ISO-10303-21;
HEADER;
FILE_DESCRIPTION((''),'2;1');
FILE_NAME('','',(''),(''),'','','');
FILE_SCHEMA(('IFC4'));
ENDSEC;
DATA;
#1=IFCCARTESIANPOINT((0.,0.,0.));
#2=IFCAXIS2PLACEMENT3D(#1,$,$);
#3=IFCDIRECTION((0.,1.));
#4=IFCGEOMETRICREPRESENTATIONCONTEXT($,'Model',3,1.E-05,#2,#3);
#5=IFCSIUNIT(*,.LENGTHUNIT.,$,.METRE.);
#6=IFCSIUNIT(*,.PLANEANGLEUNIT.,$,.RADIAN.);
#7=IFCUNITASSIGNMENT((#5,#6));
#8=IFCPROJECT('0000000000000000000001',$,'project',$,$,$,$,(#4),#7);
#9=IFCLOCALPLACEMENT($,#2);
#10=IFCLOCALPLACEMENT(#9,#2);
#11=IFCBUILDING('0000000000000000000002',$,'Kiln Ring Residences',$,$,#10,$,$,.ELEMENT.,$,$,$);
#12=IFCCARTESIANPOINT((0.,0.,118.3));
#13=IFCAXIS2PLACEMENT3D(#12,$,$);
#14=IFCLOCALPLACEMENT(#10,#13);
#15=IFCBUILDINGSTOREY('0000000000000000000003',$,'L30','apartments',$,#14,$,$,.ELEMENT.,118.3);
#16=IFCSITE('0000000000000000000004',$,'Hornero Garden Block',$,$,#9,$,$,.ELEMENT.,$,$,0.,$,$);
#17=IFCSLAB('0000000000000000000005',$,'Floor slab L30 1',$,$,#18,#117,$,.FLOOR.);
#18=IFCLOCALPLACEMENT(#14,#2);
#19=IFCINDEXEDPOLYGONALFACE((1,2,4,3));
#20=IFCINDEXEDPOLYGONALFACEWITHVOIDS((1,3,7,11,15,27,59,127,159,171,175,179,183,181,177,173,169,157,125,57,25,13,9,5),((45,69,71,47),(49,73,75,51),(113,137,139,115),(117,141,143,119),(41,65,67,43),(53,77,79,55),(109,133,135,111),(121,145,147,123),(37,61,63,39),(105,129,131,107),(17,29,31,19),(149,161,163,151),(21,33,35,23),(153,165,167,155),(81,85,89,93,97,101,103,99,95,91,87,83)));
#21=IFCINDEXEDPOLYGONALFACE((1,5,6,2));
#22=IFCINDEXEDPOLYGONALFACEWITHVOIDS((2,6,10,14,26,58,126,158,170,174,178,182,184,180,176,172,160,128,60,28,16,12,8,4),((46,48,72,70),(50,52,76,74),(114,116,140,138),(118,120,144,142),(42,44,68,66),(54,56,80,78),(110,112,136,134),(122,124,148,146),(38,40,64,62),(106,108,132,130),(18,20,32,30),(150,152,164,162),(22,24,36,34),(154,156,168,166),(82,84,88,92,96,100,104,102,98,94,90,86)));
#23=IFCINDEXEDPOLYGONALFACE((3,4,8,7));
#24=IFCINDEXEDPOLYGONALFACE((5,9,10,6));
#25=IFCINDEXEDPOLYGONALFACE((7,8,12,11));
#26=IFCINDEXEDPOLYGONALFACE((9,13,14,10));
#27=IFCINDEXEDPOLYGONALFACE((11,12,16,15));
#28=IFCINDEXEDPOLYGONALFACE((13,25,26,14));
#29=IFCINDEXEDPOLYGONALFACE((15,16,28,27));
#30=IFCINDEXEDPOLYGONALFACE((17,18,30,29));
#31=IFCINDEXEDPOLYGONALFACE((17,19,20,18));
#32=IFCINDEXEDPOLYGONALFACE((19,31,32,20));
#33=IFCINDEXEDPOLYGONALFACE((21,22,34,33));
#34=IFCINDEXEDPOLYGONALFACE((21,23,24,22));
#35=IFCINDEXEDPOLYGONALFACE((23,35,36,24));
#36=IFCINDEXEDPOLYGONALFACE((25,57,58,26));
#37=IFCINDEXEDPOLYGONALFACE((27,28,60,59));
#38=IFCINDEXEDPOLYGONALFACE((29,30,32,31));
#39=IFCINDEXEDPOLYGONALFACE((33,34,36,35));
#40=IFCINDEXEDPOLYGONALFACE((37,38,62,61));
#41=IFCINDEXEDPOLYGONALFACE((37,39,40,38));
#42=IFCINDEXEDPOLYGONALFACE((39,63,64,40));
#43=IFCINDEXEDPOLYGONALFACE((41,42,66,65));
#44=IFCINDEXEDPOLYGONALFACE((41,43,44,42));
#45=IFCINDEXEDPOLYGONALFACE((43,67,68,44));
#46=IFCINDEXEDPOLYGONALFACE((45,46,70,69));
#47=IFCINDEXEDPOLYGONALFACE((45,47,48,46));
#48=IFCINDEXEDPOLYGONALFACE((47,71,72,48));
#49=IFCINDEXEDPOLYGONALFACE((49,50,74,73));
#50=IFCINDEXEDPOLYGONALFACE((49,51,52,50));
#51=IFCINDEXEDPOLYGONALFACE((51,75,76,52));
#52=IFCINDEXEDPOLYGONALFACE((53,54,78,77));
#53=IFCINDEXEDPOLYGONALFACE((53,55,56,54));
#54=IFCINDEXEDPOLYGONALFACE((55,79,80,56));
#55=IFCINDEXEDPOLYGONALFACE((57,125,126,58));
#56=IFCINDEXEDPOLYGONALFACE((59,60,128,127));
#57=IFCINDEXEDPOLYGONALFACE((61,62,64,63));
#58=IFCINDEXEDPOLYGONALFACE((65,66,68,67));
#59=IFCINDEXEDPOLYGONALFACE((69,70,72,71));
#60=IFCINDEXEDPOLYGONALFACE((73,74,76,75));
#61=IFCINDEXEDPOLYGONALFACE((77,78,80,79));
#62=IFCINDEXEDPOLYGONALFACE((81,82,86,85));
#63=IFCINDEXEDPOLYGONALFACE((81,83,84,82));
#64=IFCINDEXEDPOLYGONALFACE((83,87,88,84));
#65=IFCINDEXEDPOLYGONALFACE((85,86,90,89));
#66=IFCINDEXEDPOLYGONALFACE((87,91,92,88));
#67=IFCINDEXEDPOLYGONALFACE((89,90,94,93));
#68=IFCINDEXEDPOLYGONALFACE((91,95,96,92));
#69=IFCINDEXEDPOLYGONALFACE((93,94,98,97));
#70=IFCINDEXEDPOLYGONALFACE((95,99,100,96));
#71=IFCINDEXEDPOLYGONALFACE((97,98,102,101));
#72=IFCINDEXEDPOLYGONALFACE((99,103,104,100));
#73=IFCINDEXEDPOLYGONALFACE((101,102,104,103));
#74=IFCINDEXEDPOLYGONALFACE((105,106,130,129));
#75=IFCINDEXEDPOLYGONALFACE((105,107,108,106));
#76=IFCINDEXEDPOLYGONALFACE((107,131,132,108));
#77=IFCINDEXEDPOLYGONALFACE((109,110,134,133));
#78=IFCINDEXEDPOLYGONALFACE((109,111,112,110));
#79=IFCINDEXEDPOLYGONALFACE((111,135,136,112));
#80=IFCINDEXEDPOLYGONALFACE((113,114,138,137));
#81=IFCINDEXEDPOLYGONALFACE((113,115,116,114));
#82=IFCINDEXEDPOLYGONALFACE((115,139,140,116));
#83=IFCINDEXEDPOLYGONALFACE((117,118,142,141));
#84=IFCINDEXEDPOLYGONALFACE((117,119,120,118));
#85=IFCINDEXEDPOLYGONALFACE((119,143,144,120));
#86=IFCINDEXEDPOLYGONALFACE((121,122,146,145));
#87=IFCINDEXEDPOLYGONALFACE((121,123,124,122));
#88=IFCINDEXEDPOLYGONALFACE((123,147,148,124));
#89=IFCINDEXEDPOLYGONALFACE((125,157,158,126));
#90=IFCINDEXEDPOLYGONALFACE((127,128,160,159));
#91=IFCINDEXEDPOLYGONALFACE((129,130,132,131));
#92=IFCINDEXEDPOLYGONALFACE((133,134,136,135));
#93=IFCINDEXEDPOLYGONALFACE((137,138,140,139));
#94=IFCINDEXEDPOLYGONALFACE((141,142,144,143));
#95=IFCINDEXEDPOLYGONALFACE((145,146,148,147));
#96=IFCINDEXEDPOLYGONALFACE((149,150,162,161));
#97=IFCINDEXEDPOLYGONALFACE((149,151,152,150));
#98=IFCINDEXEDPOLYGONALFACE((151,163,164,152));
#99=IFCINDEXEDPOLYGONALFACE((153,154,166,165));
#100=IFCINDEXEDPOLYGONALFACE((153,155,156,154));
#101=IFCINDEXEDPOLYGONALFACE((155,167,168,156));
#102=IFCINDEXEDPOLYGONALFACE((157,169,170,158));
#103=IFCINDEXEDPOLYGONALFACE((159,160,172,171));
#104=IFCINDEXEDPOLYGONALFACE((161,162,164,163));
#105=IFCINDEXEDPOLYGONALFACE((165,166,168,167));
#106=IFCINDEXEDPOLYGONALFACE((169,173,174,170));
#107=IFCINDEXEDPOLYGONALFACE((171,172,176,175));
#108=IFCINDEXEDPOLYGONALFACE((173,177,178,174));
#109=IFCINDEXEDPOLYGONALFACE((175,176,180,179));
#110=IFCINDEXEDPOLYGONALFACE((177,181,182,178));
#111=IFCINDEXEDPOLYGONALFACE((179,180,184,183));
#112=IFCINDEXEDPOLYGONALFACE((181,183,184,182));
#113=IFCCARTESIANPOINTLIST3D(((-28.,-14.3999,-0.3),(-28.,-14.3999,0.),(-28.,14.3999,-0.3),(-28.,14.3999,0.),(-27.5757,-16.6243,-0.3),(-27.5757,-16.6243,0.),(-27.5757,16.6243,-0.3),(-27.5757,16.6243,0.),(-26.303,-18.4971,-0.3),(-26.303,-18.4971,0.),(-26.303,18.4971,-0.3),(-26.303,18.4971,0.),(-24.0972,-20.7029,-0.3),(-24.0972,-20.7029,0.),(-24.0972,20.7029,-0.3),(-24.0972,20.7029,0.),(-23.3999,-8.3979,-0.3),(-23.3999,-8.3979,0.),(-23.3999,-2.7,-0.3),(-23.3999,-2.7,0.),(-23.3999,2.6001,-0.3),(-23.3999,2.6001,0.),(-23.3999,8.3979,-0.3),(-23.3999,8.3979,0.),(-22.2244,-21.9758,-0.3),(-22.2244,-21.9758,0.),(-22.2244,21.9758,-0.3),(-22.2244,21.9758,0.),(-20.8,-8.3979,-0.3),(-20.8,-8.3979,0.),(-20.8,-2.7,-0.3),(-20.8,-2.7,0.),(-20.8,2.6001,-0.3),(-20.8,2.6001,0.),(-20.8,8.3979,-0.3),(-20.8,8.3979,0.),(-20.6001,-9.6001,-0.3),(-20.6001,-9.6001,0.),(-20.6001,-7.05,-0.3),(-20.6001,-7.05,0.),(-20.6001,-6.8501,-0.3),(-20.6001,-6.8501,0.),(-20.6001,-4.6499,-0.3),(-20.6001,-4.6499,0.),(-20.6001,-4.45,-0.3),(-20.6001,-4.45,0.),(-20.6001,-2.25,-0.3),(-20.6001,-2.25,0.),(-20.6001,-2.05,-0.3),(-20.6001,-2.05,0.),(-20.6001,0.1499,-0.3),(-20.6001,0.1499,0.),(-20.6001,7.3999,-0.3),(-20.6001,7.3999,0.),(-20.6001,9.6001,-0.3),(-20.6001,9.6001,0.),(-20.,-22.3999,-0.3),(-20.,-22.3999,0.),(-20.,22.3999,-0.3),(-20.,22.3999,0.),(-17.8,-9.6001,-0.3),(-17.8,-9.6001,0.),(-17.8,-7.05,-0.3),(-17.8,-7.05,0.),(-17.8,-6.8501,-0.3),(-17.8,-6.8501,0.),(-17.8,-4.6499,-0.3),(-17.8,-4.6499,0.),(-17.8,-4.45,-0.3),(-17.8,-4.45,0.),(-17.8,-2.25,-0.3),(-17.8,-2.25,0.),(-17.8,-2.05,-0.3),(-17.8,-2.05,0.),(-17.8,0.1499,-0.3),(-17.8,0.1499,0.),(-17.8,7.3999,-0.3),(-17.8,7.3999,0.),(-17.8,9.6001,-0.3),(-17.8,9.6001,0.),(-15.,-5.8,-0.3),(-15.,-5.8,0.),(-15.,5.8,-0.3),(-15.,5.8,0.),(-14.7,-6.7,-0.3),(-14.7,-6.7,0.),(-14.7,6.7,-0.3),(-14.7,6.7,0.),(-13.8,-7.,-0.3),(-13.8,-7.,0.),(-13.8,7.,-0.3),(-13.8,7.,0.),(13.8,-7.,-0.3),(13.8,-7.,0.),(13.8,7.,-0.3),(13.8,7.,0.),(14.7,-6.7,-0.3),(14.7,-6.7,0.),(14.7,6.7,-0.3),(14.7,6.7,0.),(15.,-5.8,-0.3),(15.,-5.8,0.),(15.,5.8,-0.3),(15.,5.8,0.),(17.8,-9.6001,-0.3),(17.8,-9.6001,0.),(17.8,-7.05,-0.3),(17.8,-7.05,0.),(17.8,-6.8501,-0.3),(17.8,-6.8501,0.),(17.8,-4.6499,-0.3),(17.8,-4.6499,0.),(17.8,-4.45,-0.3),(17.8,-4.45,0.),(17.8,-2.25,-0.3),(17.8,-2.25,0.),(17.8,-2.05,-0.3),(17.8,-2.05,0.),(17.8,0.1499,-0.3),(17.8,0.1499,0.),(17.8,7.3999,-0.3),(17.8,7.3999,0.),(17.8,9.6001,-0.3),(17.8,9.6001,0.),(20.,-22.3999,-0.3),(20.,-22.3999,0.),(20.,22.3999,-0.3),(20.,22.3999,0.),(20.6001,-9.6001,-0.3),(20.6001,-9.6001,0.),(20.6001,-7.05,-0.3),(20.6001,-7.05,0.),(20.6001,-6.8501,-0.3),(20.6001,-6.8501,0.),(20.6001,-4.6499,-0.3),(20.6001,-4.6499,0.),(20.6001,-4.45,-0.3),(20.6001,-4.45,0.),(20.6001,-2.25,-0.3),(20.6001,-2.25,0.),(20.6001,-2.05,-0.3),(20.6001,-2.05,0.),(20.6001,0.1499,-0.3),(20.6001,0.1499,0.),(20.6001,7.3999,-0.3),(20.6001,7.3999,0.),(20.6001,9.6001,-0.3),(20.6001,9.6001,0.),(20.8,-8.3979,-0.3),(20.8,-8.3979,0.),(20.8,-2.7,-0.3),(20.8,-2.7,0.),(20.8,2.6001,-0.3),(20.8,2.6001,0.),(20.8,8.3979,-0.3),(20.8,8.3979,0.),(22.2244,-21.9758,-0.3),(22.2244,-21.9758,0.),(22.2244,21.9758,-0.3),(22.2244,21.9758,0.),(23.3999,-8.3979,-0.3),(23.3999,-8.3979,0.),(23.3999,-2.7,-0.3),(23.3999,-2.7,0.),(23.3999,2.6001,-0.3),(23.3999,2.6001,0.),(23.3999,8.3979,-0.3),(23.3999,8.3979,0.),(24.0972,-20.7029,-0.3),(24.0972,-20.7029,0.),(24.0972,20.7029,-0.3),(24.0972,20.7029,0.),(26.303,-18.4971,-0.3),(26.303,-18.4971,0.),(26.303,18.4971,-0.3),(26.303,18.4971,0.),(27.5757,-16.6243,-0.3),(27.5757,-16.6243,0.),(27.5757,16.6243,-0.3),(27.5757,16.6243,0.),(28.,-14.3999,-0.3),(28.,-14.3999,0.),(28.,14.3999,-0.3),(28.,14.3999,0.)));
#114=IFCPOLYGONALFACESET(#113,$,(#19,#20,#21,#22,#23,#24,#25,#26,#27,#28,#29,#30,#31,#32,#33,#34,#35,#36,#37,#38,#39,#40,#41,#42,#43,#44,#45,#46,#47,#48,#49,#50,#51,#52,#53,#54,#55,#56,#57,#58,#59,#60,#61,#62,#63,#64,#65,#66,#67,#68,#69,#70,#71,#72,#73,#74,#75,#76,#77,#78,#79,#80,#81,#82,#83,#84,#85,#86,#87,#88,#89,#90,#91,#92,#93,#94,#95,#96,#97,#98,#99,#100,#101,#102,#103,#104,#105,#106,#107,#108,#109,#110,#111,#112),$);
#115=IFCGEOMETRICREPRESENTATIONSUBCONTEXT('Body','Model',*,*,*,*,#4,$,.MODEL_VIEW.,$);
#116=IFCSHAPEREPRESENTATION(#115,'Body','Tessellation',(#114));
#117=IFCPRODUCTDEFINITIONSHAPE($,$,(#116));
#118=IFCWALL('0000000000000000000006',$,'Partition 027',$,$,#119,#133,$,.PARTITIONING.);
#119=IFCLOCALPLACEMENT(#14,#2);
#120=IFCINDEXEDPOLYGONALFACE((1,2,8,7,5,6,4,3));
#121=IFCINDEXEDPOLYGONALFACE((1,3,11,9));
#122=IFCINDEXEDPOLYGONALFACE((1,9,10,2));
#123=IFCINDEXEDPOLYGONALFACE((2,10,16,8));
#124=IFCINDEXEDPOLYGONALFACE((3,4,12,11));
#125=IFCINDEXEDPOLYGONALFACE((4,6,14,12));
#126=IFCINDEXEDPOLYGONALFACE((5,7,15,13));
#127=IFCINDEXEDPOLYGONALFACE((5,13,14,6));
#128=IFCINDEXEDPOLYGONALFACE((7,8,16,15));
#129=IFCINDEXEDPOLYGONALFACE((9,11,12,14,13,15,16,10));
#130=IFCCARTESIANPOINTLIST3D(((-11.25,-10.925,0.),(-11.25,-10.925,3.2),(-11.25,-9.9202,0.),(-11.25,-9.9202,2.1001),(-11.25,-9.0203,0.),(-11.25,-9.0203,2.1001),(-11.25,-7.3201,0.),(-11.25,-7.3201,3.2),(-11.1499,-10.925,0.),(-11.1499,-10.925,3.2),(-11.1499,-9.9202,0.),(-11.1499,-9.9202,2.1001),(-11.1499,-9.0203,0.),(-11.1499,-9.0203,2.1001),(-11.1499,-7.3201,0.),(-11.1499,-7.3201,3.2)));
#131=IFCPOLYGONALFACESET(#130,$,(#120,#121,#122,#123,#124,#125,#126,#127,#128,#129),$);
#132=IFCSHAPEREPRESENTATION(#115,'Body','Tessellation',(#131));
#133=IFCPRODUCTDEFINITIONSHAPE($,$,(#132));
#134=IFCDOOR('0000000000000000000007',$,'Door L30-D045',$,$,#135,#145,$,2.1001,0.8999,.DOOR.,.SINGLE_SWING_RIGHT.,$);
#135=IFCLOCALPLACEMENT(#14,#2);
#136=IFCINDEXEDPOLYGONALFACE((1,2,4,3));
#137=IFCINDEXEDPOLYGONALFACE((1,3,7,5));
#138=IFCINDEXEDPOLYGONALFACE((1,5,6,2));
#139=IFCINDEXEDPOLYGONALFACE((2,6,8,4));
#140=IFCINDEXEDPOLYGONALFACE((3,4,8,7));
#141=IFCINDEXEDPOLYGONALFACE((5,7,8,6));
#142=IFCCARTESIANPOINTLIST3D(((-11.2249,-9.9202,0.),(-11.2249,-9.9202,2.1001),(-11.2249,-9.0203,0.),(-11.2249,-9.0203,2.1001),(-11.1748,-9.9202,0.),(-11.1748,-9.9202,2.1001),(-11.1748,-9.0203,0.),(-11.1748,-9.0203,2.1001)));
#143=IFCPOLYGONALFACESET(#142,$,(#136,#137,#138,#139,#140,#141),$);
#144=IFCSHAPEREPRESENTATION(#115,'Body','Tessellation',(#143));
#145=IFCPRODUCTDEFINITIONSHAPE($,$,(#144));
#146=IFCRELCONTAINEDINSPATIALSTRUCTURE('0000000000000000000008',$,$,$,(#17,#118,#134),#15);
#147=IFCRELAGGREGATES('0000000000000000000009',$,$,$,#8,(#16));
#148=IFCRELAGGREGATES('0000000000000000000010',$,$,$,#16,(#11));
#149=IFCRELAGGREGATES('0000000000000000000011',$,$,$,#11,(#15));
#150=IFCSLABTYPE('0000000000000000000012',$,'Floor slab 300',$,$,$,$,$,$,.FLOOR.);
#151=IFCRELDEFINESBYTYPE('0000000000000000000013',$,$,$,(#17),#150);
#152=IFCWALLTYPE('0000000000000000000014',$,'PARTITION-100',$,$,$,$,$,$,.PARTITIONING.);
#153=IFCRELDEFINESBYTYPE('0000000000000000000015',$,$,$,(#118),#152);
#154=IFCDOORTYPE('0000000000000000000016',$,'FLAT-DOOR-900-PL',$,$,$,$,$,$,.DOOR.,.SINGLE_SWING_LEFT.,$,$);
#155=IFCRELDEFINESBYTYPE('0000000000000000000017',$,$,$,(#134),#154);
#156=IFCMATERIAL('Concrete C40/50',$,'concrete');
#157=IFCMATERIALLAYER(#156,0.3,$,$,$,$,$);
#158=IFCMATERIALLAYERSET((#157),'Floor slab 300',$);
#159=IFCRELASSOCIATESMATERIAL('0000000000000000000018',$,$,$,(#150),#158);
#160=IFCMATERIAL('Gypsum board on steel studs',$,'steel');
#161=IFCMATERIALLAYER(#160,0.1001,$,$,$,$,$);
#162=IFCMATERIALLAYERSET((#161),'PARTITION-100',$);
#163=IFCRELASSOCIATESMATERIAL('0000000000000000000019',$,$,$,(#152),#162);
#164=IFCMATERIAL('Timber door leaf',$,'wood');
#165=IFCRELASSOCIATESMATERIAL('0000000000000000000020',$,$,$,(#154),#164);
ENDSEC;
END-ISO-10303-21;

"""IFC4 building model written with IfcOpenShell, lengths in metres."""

from ifc_helpers import new_model, si_unit, direction, frame, frame_2d, origin, place, context, subcontext, project, spatial, polyline, rectangle, outline, extrude, material, layer, layer_set, type_object, element, fill, save


model = new_model("IFC4")

# Units and contexts
model_context = context("Model", 3, precision=1e-05, world=origin(), true_north=direction((0.0, 1.0)))
body_context = subcontext(model_context, "Body", "Model", "MODEL_VIEW")
ifc_project = project(units=[si_unit("LENGTHUNIT", "METRE"), si_unit("PLANEANGLEUNIT", "RADIAN")], contexts=[model_context])

# Site, building, storey
site_placement = place(None, origin())
site = spatial("IfcSite", under=ifc_project, at=site_placement, Name="Hornero Garden Block", CompositionType="ELEMENT", RefElevation=0.0)
building_placement = place(site_placement, origin())
building = spatial("IfcBuilding", under=site, at=building_placement, Name="Kiln Ring Residences", CompositionType="ELEMENT")
storey_placement = place(building_placement, frame((0.0, 0.0, 118.3)))
storey = spatial("IfcBuildingStorey", under=building, at=storey_placement, Name="L30", Description="apartments", CompositionType="ELEMENT", Elevation=118.3)

# Slab
ifc_material_1 = material(Name="Concrete C40/50", Category="concrete")
ifc_layer_1 = layer(ifc_material_1, 0.3)
ifc_layer_set_1 = layer_set([ifc_layer_1], Name="Floor slab 300")
slab_type = type_object("IfcSlabType", Name="Floor slab 300", PredefinedType="FLOOR", material=ifc_layer_set_1)
slab_placement = place(storey_placement, frame((0.0, 0.0, -0.3)))
element("IfcSlab", 1, at=slab_placement, inside=storey, type_object=slab_type, Name="Floor slab L30 1", PredefinedType="FLOOR", context=body_context, shape_type="SweptSolid", body=[
    extrude(outline(polyline([(-26.303, -18.4971), (-24.0972, -20.7029), (-22.2244, -21.9758), (-20.0, -22.3999), (20.0, -22.3999), (22.2244, -21.9758), (24.0972, -20.7029), (26.303, -18.4971), (27.5757, -16.6243), (28.0, -14.3999), (28.0, 14.3999), (27.5757, 16.6243), (26.303, 18.4971), (24.0972, 20.7029), (22.2244, 21.9758), (20.0, 22.3999), (-20.0, 22.3999), (-22.2244, 21.9758), (-24.0972, 20.7029), (-26.303, 18.4971), (-27.5757, 16.6243), (-28.0, 14.3999), (-28.0, -14.3999), (-27.5757, -16.6243), (-26.303, -18.4971)]), holes=[polyline([(-14.7, -6.7), (-15.0, -5.8), (-15.0, 5.8), (-14.7, 6.7), (-13.8, 7.0), (13.8, 7.0), (14.7, 6.7), (15.0, 5.8), (15.0, -5.8), (14.7, -6.7), (13.8, -7.0), (-13.8, -7.0), (-14.7, -6.7)]), polyline([(20.8, -8.3979), (20.8, -2.7), (23.3999, -2.7), (23.3999, -8.3979), (20.8, -8.3979)]), polyline([(20.8, 2.6001), (20.8, 8.3979), (23.3999, 8.3979), (23.3999, 2.6001), (20.8, 2.6001)]), polyline([(17.8, -6.8501), (17.8, -4.6499), (20.6001, -4.6499), (20.6001, -6.8501), (17.8, -6.8501)]), polyline([(17.8, -4.45), (17.8, -2.25), (20.6001, -2.25), (20.6001, -4.45), (17.8, -4.45)]), polyline([(17.8, -2.05), (17.8, 0.1499), (20.6001, 0.1499), (20.6001, -2.05), (17.8, -2.05)]), polyline([(17.8, 7.3999), (17.8, 9.6001), (20.6001, 9.6001), (20.6001, 7.3999), (17.8, 7.3999)]), polyline([(20.6001, -9.6001), (17.8, -9.6001), (17.8, -7.05), (20.6001, -7.05), (20.6001, -9.6001)]), polyline([(-17.8, -7.05), (-17.8, -9.6001), (-20.6001, -9.6001), (-20.6001, -7.05), (-17.8, -7.05)]), polyline([(-17.8, -6.8501), (-20.6001, -6.8501), (-20.6001, -4.6499), (-17.8, -4.6499), (-17.8, -6.8501)]), polyline([(-17.8, -4.45), (-20.6001, -4.45), (-20.6001, -2.25), (-17.8, -2.25), (-17.8, -4.45)]), polyline([(-17.8, -2.05), (-20.6001, -2.05), (-20.6001, 0.1499), (-17.8, 0.1499), (-17.8, -2.05)]), polyline([(-17.8, 7.3999), (-20.6001, 7.3999), (-20.6001, 9.6001), (-17.8, 9.6001), (-17.8, 7.3999)]), polyline([(-20.8, -8.3979), (-23.3999, -8.3979), (-23.3999, -2.7), (-20.8, -2.7), (-20.8, -8.3979)]), polyline([(-20.8, 2.6001), (-23.3999, 2.6001), (-23.3999, 8.3979), (-20.8, 8.3979), (-20.8, 2.6001)])]), origin(), (0.0, 0.0, 1.0), 0.3),
])

# Wall, opening, door
ifc_material_2 = material(Name="Gypsum board on steel studs", Category="steel")
ifc_layer_2 = layer(ifc_material_2, 0.1001)
ifc_layer_set_2 = layer_set([ifc_layer_2], Name="PARTITION-100")
wall_type_1 = type_object("IfcWallType", Name="PARTITION-100", PredefinedType="PARTITIONING", material=ifc_layer_set_2)
wall_1_placement = place(storey_placement, frame((-11.2, -10.925, 0.0), z_axis=(0.0, 0.0, 1.0), x_axis=(0.0, 1.0, 0.0)))
wall_1 = element("IfcWall", 2, at=wall_1_placement, inside=storey, type_object=wall_type_1, Name="Partition 027", PredefinedType="PARTITIONING", context=body_context, shape_type="SweptSolid", body=[
    extrude(rectangle(XDim=3.605, YDim=0.1001, at=frame_2d((1.8025, 0.0))), origin(), (0.0, 0.0, 1.0), 3.2),
])
opening_1_placement = place(wall_1_placement, frame((1.0049, 0.0, 0.0)))
opening_1 = element("IfcOpeningElement", 3, at=opening_1_placement, cuts=wall_1, PredefinedType="OPENING", context=body_context, shape_type="SweptSolid", body=[
    extrude(rectangle(XDim=0.8999, YDim=2.1001, at=frame_2d((0.45, 1.05))), frame((0.0, 0.0601, 0.0), z_axis=(0.0, -1.0, 0.0), x_axis=(1.0, 0.0, 0.0)), (0.0, 0.0, 1.0), 0.1201),
])
ifc_material_3 = material(Name="Timber door leaf", Category="wood")
door_type_1 = type_object("IfcDoorType", Name="FLAT-DOOR-900-PL", OperationType="SINGLE_SWING_LEFT", PredefinedType="DOOR", material=ifc_material_3)
door_1_placement = place(opening_1_placement, origin())
door_1 = element("IfcDoor", 4, at=door_1_placement, inside=storey, type_object=door_type_1, Name="Door L30-D045", OperationType="SINGLE_SWING_RIGHT", OverallHeight=2.1001, OverallWidth=0.8999, PredefinedType="DOOR", context=body_context, shape_type="SweptSolid", body=[
    extrude(rectangle(XDim=0.8999, YDim=2.1001, at=frame_2d((0.45, 1.05))), frame((0.0, 0.0249, 0.0), z_axis=(0.0, -1.0, 0.0), x_axis=(1.0, 0.0, 0.0)), (0.0, 0.0, 1.0), 0.05),
])
fill(opening_1, door_1)

save(model, "model.ifc")
